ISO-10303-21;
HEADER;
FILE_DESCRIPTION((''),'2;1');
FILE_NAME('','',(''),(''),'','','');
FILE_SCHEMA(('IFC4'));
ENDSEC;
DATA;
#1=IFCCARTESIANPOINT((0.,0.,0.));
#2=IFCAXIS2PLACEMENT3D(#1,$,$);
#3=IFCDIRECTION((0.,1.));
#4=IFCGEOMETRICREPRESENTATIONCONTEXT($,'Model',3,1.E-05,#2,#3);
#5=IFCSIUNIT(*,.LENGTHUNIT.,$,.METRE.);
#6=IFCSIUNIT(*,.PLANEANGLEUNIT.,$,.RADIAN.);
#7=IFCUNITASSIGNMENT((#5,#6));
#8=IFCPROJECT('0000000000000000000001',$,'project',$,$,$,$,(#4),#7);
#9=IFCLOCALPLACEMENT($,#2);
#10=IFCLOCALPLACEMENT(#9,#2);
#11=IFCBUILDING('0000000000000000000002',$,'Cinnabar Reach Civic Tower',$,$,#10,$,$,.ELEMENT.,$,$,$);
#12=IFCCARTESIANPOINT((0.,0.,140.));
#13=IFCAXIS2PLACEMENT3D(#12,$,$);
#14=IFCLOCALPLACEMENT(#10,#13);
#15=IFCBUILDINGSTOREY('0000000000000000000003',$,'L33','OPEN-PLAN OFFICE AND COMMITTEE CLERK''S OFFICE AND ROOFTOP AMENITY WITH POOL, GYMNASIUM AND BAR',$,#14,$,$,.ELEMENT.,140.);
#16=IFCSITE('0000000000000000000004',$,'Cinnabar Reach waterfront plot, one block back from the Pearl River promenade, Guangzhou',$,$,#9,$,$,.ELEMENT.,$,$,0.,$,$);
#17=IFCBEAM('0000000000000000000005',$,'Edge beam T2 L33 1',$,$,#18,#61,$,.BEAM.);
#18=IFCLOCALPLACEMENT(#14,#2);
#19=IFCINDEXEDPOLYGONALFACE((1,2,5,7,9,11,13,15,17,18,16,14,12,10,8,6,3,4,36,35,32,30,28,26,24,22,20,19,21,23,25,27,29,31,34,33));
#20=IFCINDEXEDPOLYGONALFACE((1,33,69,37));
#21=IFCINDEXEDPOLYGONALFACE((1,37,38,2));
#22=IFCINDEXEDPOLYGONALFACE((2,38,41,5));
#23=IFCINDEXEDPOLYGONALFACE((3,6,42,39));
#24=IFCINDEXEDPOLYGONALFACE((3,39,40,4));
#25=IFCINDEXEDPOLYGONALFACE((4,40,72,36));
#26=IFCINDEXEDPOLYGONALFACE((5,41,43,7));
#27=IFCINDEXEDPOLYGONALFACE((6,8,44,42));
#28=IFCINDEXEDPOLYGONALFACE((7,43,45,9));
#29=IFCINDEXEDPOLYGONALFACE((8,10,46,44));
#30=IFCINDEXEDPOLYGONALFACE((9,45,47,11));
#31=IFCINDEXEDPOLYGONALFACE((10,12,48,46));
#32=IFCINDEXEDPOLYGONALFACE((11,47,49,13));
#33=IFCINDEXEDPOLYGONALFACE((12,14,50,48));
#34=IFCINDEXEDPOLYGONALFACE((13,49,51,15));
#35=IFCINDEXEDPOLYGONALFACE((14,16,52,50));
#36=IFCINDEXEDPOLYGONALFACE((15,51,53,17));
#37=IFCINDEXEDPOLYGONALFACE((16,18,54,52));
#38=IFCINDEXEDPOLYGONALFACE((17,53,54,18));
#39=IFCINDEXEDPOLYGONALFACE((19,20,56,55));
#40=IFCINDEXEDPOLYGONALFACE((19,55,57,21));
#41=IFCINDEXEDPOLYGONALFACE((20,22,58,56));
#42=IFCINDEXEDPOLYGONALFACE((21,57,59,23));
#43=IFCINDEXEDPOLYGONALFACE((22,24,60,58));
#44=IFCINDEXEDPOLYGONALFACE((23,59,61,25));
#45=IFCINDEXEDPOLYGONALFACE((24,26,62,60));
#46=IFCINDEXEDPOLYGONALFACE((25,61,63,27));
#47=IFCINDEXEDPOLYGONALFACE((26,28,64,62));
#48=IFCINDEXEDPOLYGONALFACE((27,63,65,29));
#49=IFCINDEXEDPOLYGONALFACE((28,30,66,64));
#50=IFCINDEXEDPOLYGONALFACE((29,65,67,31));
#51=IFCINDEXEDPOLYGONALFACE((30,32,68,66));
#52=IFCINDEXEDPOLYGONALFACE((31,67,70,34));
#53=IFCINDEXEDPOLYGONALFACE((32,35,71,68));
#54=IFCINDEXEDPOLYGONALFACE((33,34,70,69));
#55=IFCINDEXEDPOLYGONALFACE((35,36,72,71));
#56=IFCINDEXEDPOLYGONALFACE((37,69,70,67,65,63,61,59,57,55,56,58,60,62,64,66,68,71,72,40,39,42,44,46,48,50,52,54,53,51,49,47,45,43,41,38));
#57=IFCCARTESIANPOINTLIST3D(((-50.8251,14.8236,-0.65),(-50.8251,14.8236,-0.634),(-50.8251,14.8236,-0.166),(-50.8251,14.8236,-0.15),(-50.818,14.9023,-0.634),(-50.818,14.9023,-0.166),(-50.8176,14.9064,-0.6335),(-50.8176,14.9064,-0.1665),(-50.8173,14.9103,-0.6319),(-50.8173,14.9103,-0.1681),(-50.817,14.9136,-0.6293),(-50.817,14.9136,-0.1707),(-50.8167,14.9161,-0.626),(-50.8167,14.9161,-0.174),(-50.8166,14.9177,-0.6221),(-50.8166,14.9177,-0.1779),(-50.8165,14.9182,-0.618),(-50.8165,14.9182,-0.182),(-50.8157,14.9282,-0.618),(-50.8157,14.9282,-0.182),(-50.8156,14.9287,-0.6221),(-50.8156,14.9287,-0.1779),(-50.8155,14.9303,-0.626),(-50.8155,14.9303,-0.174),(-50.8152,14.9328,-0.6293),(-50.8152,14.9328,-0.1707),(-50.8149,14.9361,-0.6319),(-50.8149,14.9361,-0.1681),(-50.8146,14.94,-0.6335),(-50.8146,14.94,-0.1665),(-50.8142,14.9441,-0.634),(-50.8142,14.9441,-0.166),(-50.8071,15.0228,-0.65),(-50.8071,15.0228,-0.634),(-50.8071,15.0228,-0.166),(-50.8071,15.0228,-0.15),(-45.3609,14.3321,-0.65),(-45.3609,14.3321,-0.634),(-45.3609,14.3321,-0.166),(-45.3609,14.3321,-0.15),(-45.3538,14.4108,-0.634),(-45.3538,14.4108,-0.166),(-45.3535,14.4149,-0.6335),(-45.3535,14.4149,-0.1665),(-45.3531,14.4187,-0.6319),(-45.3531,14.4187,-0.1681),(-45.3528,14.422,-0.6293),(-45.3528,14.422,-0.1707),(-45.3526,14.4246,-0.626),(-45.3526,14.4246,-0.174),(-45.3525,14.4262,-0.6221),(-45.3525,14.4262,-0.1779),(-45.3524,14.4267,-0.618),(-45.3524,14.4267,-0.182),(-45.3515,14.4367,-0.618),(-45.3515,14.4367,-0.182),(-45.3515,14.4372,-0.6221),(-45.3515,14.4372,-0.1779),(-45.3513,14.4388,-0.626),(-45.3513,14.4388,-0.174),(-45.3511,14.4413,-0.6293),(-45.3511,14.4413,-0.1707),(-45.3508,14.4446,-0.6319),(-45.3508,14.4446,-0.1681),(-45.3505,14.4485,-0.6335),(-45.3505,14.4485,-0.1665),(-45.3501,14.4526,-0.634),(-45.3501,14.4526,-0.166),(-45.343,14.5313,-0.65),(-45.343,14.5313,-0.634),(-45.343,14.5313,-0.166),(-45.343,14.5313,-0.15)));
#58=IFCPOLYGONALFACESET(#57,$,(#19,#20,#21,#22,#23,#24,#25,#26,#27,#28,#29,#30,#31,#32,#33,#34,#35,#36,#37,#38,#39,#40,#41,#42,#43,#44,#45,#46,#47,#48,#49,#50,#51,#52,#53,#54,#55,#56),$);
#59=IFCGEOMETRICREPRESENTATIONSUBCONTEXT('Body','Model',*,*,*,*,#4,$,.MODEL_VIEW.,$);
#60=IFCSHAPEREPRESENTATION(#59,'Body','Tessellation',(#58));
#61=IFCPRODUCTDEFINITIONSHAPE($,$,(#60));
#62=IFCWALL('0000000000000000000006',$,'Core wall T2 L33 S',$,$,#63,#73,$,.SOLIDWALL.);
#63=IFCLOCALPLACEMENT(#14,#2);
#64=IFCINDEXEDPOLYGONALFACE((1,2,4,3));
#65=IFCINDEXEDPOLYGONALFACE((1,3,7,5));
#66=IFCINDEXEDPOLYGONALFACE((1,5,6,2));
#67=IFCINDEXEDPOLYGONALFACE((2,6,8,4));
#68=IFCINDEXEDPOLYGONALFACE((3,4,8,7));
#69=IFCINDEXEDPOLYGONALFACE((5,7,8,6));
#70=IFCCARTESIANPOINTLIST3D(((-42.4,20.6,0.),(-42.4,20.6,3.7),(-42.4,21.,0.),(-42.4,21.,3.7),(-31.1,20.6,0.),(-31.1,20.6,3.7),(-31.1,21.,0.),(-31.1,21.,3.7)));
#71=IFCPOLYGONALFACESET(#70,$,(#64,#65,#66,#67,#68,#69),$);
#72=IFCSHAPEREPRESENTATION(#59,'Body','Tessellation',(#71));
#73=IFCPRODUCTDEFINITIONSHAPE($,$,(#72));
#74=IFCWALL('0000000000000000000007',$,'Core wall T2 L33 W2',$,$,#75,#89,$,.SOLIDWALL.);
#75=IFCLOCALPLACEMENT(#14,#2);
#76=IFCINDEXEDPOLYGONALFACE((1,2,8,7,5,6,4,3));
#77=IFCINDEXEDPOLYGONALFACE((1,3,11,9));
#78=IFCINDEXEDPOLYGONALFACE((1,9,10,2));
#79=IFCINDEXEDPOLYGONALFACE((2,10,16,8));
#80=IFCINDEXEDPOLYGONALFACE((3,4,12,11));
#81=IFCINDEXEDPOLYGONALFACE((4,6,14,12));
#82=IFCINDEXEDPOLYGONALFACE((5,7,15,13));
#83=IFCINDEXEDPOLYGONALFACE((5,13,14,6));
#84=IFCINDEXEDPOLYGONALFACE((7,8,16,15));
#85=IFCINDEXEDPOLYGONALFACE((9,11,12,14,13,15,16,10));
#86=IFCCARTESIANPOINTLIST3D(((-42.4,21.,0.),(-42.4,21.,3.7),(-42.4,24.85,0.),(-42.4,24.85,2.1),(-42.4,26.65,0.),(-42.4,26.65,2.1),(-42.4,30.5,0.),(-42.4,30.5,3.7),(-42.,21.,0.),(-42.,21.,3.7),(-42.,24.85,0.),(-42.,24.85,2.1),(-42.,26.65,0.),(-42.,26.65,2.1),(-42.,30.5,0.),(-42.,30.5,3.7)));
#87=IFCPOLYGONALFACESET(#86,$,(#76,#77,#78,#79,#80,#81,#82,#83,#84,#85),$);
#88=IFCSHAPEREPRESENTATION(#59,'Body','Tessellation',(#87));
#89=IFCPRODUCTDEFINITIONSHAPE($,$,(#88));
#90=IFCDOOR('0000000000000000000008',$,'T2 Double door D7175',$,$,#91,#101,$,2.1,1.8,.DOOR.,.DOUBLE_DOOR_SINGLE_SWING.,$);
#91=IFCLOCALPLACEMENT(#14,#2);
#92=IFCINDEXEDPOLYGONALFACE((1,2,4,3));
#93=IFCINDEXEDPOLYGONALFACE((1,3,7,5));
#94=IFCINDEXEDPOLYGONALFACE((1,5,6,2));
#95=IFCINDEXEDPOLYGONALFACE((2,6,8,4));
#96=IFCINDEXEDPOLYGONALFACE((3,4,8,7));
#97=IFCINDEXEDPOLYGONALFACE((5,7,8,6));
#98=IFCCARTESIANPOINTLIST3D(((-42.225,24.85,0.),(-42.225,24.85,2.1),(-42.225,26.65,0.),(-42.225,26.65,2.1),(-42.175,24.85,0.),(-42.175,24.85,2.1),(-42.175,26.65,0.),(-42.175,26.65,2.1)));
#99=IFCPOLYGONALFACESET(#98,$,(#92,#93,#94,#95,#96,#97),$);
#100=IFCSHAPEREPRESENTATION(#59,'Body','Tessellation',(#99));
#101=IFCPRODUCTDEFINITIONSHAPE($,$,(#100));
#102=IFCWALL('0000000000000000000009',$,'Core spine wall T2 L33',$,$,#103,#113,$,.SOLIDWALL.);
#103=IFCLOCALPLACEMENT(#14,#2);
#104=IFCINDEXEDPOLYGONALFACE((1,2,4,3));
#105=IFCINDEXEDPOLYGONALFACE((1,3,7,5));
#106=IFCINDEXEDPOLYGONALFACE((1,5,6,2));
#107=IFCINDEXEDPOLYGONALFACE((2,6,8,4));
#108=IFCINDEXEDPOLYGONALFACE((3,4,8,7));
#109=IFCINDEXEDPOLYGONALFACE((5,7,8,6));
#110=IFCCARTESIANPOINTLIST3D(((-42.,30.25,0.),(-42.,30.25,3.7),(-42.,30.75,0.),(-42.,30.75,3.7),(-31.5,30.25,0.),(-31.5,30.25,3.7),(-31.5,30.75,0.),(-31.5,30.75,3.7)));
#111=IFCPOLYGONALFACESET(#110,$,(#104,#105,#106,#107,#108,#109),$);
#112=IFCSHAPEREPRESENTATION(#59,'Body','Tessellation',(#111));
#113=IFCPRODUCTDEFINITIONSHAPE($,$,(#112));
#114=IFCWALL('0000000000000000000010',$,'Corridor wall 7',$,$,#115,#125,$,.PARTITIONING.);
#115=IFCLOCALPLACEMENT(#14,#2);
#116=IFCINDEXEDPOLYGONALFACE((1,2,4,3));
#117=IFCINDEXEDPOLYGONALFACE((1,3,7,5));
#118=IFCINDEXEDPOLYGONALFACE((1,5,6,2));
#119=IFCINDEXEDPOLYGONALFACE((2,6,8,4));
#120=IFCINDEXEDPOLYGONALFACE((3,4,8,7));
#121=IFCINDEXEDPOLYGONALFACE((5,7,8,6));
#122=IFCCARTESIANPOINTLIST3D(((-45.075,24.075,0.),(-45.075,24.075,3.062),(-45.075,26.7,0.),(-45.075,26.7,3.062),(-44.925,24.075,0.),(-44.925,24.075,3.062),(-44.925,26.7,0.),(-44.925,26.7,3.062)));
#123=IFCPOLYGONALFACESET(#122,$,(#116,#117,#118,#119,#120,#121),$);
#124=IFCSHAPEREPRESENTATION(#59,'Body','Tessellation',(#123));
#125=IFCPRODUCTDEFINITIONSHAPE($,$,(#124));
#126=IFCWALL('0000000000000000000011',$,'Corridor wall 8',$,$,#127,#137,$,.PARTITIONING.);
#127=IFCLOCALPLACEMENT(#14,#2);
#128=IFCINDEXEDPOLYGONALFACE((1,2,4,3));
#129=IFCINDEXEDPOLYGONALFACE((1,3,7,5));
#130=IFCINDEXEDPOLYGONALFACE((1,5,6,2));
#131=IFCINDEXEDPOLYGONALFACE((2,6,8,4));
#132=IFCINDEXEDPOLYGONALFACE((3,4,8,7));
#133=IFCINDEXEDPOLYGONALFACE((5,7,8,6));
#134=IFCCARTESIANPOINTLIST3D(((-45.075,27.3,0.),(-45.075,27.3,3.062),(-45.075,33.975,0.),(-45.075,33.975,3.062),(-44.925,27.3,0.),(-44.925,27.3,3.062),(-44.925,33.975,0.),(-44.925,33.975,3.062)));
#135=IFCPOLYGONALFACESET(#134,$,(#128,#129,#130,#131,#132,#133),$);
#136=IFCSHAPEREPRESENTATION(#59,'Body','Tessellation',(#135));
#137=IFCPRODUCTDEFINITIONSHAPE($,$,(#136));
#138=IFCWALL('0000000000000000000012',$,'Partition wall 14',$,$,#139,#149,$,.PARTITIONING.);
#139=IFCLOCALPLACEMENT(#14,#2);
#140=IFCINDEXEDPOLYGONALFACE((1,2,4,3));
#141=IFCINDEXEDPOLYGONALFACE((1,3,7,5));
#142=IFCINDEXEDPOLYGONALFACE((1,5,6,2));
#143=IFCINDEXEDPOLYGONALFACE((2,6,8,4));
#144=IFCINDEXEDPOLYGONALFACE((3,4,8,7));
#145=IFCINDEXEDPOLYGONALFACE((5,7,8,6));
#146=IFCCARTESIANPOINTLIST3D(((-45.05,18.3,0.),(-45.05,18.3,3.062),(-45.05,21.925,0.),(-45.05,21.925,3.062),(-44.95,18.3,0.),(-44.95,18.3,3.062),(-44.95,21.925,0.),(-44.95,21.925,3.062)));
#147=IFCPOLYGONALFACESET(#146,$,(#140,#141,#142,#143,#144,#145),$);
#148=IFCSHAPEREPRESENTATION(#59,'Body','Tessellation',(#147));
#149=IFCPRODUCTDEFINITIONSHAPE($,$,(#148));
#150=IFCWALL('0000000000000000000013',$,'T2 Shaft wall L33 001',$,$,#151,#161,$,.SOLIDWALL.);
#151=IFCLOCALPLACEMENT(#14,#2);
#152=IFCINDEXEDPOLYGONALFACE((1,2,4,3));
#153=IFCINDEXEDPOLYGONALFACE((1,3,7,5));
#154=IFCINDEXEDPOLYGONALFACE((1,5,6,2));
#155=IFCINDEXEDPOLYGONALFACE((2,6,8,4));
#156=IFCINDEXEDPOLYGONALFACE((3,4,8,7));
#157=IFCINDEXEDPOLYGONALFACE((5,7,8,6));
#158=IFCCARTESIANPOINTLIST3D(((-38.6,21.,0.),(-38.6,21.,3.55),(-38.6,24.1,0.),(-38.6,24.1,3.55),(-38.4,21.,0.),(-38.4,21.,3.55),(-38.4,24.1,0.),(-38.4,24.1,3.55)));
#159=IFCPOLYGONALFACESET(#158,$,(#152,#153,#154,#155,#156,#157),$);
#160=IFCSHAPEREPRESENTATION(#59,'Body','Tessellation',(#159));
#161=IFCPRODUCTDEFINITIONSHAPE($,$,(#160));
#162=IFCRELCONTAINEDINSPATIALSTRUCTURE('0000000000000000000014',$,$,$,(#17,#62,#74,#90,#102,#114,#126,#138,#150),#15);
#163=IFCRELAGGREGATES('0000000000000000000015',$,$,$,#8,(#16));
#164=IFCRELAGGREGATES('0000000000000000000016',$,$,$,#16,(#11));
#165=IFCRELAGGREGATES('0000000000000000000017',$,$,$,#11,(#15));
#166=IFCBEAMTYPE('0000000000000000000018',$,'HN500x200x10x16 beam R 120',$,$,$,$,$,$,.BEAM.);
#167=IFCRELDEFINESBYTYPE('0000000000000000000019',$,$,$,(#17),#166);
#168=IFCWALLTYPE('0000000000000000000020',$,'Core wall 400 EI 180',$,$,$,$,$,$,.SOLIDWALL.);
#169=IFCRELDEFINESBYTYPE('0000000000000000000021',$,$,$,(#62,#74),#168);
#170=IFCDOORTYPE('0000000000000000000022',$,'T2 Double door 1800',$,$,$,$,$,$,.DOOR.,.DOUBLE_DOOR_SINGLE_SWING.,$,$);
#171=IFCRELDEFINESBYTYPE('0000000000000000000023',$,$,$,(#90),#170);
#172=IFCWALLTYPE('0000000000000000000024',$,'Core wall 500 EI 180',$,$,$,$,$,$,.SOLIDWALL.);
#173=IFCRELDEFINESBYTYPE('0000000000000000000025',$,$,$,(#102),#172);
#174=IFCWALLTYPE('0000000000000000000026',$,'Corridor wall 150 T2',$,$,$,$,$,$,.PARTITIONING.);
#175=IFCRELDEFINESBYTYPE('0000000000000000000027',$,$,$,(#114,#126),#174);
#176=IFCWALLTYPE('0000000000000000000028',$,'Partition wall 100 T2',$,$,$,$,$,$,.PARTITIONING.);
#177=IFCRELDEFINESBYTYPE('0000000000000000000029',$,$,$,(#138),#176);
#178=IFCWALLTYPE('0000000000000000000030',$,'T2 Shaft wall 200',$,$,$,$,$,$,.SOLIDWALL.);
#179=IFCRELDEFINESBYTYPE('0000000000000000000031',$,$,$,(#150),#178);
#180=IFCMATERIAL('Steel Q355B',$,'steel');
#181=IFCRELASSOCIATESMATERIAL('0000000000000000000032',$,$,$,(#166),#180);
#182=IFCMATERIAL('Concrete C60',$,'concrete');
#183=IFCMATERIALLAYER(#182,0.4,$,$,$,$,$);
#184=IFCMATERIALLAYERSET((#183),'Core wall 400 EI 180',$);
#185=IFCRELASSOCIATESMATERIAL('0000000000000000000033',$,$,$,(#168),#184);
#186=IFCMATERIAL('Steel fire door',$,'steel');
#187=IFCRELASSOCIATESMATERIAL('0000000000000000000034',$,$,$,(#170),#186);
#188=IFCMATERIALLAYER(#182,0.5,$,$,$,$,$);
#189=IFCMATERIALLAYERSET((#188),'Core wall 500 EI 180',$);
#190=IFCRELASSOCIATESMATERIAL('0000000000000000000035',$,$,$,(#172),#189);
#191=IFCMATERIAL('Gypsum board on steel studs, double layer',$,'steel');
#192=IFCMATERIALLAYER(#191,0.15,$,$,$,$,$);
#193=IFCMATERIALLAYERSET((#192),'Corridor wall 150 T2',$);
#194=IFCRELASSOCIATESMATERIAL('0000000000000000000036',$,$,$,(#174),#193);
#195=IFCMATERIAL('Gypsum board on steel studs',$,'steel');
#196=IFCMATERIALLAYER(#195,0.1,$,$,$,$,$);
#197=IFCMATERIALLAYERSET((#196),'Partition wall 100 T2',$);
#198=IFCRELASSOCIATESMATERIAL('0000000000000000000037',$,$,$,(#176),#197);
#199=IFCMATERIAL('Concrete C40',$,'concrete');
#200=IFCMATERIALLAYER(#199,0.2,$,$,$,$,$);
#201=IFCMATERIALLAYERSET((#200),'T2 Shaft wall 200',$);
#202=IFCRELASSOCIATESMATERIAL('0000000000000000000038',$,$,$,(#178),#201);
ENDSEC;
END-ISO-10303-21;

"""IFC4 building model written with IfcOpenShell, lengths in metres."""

from ifc_helpers import new_model, si_unit, direction, frame, frame_2d, origin, origin_2d, place, context, subcontext, project, spatial, rectangle, i_section, extrude, material, layer, layer_set, material_profile, profile_set, type_object, element, fill, save


model = new_model("IFC4")

# Units and contexts
model_context = context("Model", 3, precision=1e-05, world=origin(), true_north=direction((0.0, 1.0)))
body_context = subcontext(model_context, "Body", "Model", "MODEL_VIEW")
ifc_project = project(units=[si_unit("LENGTHUNIT", "METRE"), si_unit("PLANEANGLEUNIT", "RADIAN")], contexts=[model_context])

# Site, building, storey
site_placement = place(None, origin())
site = spatial("IfcSite", under=ifc_project, at=site_placement, Name="Cinnabar Reach waterfront plot, one block back from the Pearl River promenade, Guangzhou", CompositionType="ELEMENT", RefElevation=0.0)
building_placement = place(site_placement, origin())
building = spatial("IfcBuilding", under=site, at=building_placement, Name="Cinnabar Reach Civic Tower", CompositionType="ELEMENT")
storey_placement = place(building_placement, frame((0.0, 0.0, 140.0)))
storey = spatial("IfcBuildingStorey", under=building, at=storey_placement, Name="L33", Description="OPEN-PLAN OFFICE AND COMMITTEE CLERK'S OFFICE AND ROOFTOP AMENITY WITH POOL, GYMNASIUM AND BAR", CompositionType="ELEMENT", Elevation=140.0)

# Shared definitions
ifc_material_1 = material(Name="Concrete C60", Category="concrete")

# Beam
ifc_material_2 = material(Name="Steel Q355B", Category="steel")
ifc_material_profile_1 = material_profile(ifc_material_2, i_section(OverallWidth=0.2, OverallDepth=0.5, WebThickness=0.01, FlangeThickness=0.016, FilletRadius=0.016, at=origin_2d()), Name="HN500x200x10x16")
ifc_profile_set_1 = profile_set([ifc_material_profile_1], Name="Steel Q355B")
beam_type_1 = type_object("IfcBeamType", Name="HN500x200x10x16 beam R 120", PredefinedType="BEAM", material=ifc_profile_set_1)
beam_1_placement = place(storey_placement, frame((-50.8161, 14.9232, -0.4), z_axis=(0.995979, -0.089589, 0.0), x_axis=(0.089589, 0.995979, 0.0)))
element("IfcBeam", 1, at=beam_1_placement, inside=storey, type_object=beam_type_1, Name="Edge beam T2 L33 1", PredefinedType="BEAM", context=body_context, shape_type="SweptSolid", body=[
    extrude(i_section(OverallWidth=0.2, OverallDepth=0.5, WebThickness=0.01, FlangeThickness=0.016, FilletRadius=0.016, at=origin_2d()), origin(), (0.0, 0.0, 1.0), 5.4862),
])

# Wall
ifc_layer_1 = layer(ifc_material_1, 0.4)
ifc_layer_set_1 = layer_set([ifc_layer_1], Name="Core wall 400 EI 180")
wall_type_1 = type_object("IfcWallType", Name="Core wall 400 EI 180", PredefinedType="SOLIDWALL", material=ifc_layer_set_1)
wall_1_placement = place(storey_placement, frame((-42.4, 20.8, 0.0), z_axis=(0.0, 0.0, 1.0), x_axis=(1.0, 0.0, 0.0)))
element("IfcWall", 2, at=wall_1_placement, inside=storey, type_object=wall_type_1, Name="Core wall T2 L33 S", PredefinedType="SOLIDWALL", context=body_context, shape_type="SweptSolid", body=[
    extrude(rectangle(XDim=11.3, YDim=0.4, at=frame_2d((5.65, 0.0))), origin(), (0.0, 0.0, 1.0), 3.7),
])

# Wall, opening, door
wall_2_placement = place(storey_placement, frame((-42.2, 30.5, 0.0), z_axis=(0.0, 0.0, 1.0), x_axis=(0.0, -1.0, 0.0)))
wall_2 = element("IfcWall", 3, at=wall_2_placement, inside=storey, type_object=wall_type_1, Name="Core wall T2 L33 W2", PredefinedType="SOLIDWALL", context=body_context, shape_type="SweptSolid", body=[
    extrude(rectangle(XDim=9.5, YDim=0.4, at=frame_2d((4.75, 0.0))), origin(), (0.0, 0.0, 1.0), 3.7),
])
opening_1_placement = place(wall_2_placement, frame((3.85, 0.0, 0.0)))
opening_1 = element("IfcOpeningElement", 4, at=opening_1_placement, cuts=wall_2, PredefinedType="OPENING", context=body_context, shape_type="SweptSolid", body=[
    extrude(rectangle(XDim=1.8, YDim=2.1, at=frame_2d((0.9, 1.05))), frame((0.0, 0.21, 0.0), z_axis=(0.0, -1.0, 0.0), x_axis=(1.0, 0.0, 0.0)), (0.0, 0.0, 1.0), 0.42),
])
ifc_material_3 = material(Name="Steel fire door", Category="steel")
door_type_1 = type_object("IfcDoorType", Name="T2 Double door 1800", OperationType="DOUBLE_DOOR_SINGLE_SWING", PredefinedType="DOOR", material=ifc_material_3)
door_1_placement = place(opening_1_placement, origin())
door_1 = element("IfcDoor", 5, at=door_1_placement, inside=storey, type_object=door_type_1, Name="T2 Double door D7175", OperationType="DOUBLE_DOOR_SINGLE_SWING", OverallHeight=2.1, OverallWidth=1.8, PredefinedType="DOOR", context=body_context, shape_type="SweptSolid", body=[
    extrude(rectangle(XDim=1.8, YDim=2.1, at=frame_2d((0.9, 1.05))), frame((0.0, 0.025, 0.0), z_axis=(0.0, -1.0, 0.0), x_axis=(1.0, 0.0, 0.0)), (0.0, 0.0, 1.0), 0.05),
])
fill(opening_1, door_1)

# Walls
ifc_layer_2 = layer(ifc_material_1, 0.5)
ifc_layer_set_2 = layer_set([ifc_layer_2], Name="Core wall 500 EI 180")
wall_type_2 = type_object("IfcWallType", Name="Core wall 500 EI 180", PredefinedType="SOLIDWALL", material=ifc_layer_set_2)
wall_3_placement = place(storey_placement, frame((-42.0, 30.5, 0.0), z_axis=(0.0, 0.0, 1.0), x_axis=(1.0, 0.0, 0.0)))
element("IfcWall", 6, at=wall_3_placement, inside=storey, type_object=wall_type_2, Name="Core spine wall T2 L33", PredefinedType="SOLIDWALL", context=body_context, shape_type="SweptSolid", body=[
    extrude(rectangle(XDim=10.5, YDim=0.5, at=frame_2d((5.25, 0.0))), origin(), (0.0, 0.0, 1.0), 3.7),
])
ifc_material_4 = material(Name="Gypsum board on steel studs, double layer", Category="steel")
ifc_layer_3 = layer(ifc_material_4, 0.15)
ifc_layer_set_3 = layer_set([ifc_layer_3], Name="Corridor wall 150 T2")
wall_type_3 = type_object("IfcWallType", Name="Corridor wall 150 T2", PredefinedType="PARTITIONING", material=ifc_layer_set_3)
wall_4_placement = place(storey_placement, frame((-45.0, 24.075, 0.0), z_axis=(0.0, 0.0, 1.0), x_axis=(0.0, 1.0, 0.0)))
element("IfcWall", 7, at=wall_4_placement, inside=storey, type_object=wall_type_3, Name="Corridor wall 7", PredefinedType="PARTITIONING", context=body_context, shape_type="SweptSolid", body=[
    extrude(rectangle(XDim=2.625, YDim=0.15, at=frame_2d((1.3125, 0.0))), origin(), (0.0, 0.0, 1.0), 3.062),
])
wall_5_placement = place(storey_placement, frame((-45.0, 27.3, 0.0), z_axis=(0.0, 0.0, 1.0), x_axis=(0.0, 1.0, 0.0)))
element("IfcWall", 8, at=wall_5_placement, inside=storey, type_object=wall_type_3, Name="Corridor wall 8", PredefinedType="PARTITIONING", context=body_context, shape_type="SweptSolid", body=[
    extrude(rectangle(XDim=6.675, YDim=0.15, at=frame_2d((3.3375, 0.0))), origin(), (0.0, 0.0, 1.0), 3.062),
])
ifc_material_5 = material(Name="Gypsum board on steel studs", Category="steel")
ifc_layer_4 = layer(ifc_material_5, 0.1)
ifc_layer_set_4 = layer_set([ifc_layer_4], Name="Partition wall 100 T2")
wall_type_4 = type_object("IfcWallType", Name="Partition wall 100 T2", PredefinedType="PARTITIONING", material=ifc_layer_set_4)
wall_6_placement = place(storey_placement, frame((-45.0, 18.3, 0.0), z_axis=(0.0, 0.0, 1.0), x_axis=(0.0, 1.0, 0.0)))
element("IfcWall", 9, at=wall_6_placement, inside=storey, type_object=wall_type_4, Name="Partition wall 14", PredefinedType="PARTITIONING", context=body_context, shape_type="SweptSolid", body=[
    extrude(rectangle(XDim=3.625, YDim=0.1, at=frame_2d((1.8125, 0.0))), origin(), (0.0, 0.0, 1.0), 3.062),
])
ifc_material_6 = material(Name="Concrete C40", Category="concrete")
ifc_layer_5 = layer(ifc_material_6, 0.2)
ifc_layer_set_5 = layer_set([ifc_layer_5], Name="T2 Shaft wall 200")
wall_type_5 = type_object("IfcWallType", Name="T2 Shaft wall 200", PredefinedType="SOLIDWALL", material=ifc_layer_set_5)
wall_7_placement = place(storey_placement, frame((-38.5, 21.0, 0.0), z_axis=(0.0, 0.0, 1.0), x_axis=(0.0, 1.0, 0.0)))
element("IfcWall", 10, at=wall_7_placement, inside=storey, type_object=wall_type_5, Name="T2 Shaft wall L33 001", PredefinedType="SOLIDWALL", context=body_context, shape_type="SweptSolid", body=[
    extrude(rectangle(XDim=3.1, YDim=0.2, at=frame_2d((1.55, 0.0))), origin(), (0.0, 0.0, 1.0), 3.55),
])

save(model, "model.ifc")
